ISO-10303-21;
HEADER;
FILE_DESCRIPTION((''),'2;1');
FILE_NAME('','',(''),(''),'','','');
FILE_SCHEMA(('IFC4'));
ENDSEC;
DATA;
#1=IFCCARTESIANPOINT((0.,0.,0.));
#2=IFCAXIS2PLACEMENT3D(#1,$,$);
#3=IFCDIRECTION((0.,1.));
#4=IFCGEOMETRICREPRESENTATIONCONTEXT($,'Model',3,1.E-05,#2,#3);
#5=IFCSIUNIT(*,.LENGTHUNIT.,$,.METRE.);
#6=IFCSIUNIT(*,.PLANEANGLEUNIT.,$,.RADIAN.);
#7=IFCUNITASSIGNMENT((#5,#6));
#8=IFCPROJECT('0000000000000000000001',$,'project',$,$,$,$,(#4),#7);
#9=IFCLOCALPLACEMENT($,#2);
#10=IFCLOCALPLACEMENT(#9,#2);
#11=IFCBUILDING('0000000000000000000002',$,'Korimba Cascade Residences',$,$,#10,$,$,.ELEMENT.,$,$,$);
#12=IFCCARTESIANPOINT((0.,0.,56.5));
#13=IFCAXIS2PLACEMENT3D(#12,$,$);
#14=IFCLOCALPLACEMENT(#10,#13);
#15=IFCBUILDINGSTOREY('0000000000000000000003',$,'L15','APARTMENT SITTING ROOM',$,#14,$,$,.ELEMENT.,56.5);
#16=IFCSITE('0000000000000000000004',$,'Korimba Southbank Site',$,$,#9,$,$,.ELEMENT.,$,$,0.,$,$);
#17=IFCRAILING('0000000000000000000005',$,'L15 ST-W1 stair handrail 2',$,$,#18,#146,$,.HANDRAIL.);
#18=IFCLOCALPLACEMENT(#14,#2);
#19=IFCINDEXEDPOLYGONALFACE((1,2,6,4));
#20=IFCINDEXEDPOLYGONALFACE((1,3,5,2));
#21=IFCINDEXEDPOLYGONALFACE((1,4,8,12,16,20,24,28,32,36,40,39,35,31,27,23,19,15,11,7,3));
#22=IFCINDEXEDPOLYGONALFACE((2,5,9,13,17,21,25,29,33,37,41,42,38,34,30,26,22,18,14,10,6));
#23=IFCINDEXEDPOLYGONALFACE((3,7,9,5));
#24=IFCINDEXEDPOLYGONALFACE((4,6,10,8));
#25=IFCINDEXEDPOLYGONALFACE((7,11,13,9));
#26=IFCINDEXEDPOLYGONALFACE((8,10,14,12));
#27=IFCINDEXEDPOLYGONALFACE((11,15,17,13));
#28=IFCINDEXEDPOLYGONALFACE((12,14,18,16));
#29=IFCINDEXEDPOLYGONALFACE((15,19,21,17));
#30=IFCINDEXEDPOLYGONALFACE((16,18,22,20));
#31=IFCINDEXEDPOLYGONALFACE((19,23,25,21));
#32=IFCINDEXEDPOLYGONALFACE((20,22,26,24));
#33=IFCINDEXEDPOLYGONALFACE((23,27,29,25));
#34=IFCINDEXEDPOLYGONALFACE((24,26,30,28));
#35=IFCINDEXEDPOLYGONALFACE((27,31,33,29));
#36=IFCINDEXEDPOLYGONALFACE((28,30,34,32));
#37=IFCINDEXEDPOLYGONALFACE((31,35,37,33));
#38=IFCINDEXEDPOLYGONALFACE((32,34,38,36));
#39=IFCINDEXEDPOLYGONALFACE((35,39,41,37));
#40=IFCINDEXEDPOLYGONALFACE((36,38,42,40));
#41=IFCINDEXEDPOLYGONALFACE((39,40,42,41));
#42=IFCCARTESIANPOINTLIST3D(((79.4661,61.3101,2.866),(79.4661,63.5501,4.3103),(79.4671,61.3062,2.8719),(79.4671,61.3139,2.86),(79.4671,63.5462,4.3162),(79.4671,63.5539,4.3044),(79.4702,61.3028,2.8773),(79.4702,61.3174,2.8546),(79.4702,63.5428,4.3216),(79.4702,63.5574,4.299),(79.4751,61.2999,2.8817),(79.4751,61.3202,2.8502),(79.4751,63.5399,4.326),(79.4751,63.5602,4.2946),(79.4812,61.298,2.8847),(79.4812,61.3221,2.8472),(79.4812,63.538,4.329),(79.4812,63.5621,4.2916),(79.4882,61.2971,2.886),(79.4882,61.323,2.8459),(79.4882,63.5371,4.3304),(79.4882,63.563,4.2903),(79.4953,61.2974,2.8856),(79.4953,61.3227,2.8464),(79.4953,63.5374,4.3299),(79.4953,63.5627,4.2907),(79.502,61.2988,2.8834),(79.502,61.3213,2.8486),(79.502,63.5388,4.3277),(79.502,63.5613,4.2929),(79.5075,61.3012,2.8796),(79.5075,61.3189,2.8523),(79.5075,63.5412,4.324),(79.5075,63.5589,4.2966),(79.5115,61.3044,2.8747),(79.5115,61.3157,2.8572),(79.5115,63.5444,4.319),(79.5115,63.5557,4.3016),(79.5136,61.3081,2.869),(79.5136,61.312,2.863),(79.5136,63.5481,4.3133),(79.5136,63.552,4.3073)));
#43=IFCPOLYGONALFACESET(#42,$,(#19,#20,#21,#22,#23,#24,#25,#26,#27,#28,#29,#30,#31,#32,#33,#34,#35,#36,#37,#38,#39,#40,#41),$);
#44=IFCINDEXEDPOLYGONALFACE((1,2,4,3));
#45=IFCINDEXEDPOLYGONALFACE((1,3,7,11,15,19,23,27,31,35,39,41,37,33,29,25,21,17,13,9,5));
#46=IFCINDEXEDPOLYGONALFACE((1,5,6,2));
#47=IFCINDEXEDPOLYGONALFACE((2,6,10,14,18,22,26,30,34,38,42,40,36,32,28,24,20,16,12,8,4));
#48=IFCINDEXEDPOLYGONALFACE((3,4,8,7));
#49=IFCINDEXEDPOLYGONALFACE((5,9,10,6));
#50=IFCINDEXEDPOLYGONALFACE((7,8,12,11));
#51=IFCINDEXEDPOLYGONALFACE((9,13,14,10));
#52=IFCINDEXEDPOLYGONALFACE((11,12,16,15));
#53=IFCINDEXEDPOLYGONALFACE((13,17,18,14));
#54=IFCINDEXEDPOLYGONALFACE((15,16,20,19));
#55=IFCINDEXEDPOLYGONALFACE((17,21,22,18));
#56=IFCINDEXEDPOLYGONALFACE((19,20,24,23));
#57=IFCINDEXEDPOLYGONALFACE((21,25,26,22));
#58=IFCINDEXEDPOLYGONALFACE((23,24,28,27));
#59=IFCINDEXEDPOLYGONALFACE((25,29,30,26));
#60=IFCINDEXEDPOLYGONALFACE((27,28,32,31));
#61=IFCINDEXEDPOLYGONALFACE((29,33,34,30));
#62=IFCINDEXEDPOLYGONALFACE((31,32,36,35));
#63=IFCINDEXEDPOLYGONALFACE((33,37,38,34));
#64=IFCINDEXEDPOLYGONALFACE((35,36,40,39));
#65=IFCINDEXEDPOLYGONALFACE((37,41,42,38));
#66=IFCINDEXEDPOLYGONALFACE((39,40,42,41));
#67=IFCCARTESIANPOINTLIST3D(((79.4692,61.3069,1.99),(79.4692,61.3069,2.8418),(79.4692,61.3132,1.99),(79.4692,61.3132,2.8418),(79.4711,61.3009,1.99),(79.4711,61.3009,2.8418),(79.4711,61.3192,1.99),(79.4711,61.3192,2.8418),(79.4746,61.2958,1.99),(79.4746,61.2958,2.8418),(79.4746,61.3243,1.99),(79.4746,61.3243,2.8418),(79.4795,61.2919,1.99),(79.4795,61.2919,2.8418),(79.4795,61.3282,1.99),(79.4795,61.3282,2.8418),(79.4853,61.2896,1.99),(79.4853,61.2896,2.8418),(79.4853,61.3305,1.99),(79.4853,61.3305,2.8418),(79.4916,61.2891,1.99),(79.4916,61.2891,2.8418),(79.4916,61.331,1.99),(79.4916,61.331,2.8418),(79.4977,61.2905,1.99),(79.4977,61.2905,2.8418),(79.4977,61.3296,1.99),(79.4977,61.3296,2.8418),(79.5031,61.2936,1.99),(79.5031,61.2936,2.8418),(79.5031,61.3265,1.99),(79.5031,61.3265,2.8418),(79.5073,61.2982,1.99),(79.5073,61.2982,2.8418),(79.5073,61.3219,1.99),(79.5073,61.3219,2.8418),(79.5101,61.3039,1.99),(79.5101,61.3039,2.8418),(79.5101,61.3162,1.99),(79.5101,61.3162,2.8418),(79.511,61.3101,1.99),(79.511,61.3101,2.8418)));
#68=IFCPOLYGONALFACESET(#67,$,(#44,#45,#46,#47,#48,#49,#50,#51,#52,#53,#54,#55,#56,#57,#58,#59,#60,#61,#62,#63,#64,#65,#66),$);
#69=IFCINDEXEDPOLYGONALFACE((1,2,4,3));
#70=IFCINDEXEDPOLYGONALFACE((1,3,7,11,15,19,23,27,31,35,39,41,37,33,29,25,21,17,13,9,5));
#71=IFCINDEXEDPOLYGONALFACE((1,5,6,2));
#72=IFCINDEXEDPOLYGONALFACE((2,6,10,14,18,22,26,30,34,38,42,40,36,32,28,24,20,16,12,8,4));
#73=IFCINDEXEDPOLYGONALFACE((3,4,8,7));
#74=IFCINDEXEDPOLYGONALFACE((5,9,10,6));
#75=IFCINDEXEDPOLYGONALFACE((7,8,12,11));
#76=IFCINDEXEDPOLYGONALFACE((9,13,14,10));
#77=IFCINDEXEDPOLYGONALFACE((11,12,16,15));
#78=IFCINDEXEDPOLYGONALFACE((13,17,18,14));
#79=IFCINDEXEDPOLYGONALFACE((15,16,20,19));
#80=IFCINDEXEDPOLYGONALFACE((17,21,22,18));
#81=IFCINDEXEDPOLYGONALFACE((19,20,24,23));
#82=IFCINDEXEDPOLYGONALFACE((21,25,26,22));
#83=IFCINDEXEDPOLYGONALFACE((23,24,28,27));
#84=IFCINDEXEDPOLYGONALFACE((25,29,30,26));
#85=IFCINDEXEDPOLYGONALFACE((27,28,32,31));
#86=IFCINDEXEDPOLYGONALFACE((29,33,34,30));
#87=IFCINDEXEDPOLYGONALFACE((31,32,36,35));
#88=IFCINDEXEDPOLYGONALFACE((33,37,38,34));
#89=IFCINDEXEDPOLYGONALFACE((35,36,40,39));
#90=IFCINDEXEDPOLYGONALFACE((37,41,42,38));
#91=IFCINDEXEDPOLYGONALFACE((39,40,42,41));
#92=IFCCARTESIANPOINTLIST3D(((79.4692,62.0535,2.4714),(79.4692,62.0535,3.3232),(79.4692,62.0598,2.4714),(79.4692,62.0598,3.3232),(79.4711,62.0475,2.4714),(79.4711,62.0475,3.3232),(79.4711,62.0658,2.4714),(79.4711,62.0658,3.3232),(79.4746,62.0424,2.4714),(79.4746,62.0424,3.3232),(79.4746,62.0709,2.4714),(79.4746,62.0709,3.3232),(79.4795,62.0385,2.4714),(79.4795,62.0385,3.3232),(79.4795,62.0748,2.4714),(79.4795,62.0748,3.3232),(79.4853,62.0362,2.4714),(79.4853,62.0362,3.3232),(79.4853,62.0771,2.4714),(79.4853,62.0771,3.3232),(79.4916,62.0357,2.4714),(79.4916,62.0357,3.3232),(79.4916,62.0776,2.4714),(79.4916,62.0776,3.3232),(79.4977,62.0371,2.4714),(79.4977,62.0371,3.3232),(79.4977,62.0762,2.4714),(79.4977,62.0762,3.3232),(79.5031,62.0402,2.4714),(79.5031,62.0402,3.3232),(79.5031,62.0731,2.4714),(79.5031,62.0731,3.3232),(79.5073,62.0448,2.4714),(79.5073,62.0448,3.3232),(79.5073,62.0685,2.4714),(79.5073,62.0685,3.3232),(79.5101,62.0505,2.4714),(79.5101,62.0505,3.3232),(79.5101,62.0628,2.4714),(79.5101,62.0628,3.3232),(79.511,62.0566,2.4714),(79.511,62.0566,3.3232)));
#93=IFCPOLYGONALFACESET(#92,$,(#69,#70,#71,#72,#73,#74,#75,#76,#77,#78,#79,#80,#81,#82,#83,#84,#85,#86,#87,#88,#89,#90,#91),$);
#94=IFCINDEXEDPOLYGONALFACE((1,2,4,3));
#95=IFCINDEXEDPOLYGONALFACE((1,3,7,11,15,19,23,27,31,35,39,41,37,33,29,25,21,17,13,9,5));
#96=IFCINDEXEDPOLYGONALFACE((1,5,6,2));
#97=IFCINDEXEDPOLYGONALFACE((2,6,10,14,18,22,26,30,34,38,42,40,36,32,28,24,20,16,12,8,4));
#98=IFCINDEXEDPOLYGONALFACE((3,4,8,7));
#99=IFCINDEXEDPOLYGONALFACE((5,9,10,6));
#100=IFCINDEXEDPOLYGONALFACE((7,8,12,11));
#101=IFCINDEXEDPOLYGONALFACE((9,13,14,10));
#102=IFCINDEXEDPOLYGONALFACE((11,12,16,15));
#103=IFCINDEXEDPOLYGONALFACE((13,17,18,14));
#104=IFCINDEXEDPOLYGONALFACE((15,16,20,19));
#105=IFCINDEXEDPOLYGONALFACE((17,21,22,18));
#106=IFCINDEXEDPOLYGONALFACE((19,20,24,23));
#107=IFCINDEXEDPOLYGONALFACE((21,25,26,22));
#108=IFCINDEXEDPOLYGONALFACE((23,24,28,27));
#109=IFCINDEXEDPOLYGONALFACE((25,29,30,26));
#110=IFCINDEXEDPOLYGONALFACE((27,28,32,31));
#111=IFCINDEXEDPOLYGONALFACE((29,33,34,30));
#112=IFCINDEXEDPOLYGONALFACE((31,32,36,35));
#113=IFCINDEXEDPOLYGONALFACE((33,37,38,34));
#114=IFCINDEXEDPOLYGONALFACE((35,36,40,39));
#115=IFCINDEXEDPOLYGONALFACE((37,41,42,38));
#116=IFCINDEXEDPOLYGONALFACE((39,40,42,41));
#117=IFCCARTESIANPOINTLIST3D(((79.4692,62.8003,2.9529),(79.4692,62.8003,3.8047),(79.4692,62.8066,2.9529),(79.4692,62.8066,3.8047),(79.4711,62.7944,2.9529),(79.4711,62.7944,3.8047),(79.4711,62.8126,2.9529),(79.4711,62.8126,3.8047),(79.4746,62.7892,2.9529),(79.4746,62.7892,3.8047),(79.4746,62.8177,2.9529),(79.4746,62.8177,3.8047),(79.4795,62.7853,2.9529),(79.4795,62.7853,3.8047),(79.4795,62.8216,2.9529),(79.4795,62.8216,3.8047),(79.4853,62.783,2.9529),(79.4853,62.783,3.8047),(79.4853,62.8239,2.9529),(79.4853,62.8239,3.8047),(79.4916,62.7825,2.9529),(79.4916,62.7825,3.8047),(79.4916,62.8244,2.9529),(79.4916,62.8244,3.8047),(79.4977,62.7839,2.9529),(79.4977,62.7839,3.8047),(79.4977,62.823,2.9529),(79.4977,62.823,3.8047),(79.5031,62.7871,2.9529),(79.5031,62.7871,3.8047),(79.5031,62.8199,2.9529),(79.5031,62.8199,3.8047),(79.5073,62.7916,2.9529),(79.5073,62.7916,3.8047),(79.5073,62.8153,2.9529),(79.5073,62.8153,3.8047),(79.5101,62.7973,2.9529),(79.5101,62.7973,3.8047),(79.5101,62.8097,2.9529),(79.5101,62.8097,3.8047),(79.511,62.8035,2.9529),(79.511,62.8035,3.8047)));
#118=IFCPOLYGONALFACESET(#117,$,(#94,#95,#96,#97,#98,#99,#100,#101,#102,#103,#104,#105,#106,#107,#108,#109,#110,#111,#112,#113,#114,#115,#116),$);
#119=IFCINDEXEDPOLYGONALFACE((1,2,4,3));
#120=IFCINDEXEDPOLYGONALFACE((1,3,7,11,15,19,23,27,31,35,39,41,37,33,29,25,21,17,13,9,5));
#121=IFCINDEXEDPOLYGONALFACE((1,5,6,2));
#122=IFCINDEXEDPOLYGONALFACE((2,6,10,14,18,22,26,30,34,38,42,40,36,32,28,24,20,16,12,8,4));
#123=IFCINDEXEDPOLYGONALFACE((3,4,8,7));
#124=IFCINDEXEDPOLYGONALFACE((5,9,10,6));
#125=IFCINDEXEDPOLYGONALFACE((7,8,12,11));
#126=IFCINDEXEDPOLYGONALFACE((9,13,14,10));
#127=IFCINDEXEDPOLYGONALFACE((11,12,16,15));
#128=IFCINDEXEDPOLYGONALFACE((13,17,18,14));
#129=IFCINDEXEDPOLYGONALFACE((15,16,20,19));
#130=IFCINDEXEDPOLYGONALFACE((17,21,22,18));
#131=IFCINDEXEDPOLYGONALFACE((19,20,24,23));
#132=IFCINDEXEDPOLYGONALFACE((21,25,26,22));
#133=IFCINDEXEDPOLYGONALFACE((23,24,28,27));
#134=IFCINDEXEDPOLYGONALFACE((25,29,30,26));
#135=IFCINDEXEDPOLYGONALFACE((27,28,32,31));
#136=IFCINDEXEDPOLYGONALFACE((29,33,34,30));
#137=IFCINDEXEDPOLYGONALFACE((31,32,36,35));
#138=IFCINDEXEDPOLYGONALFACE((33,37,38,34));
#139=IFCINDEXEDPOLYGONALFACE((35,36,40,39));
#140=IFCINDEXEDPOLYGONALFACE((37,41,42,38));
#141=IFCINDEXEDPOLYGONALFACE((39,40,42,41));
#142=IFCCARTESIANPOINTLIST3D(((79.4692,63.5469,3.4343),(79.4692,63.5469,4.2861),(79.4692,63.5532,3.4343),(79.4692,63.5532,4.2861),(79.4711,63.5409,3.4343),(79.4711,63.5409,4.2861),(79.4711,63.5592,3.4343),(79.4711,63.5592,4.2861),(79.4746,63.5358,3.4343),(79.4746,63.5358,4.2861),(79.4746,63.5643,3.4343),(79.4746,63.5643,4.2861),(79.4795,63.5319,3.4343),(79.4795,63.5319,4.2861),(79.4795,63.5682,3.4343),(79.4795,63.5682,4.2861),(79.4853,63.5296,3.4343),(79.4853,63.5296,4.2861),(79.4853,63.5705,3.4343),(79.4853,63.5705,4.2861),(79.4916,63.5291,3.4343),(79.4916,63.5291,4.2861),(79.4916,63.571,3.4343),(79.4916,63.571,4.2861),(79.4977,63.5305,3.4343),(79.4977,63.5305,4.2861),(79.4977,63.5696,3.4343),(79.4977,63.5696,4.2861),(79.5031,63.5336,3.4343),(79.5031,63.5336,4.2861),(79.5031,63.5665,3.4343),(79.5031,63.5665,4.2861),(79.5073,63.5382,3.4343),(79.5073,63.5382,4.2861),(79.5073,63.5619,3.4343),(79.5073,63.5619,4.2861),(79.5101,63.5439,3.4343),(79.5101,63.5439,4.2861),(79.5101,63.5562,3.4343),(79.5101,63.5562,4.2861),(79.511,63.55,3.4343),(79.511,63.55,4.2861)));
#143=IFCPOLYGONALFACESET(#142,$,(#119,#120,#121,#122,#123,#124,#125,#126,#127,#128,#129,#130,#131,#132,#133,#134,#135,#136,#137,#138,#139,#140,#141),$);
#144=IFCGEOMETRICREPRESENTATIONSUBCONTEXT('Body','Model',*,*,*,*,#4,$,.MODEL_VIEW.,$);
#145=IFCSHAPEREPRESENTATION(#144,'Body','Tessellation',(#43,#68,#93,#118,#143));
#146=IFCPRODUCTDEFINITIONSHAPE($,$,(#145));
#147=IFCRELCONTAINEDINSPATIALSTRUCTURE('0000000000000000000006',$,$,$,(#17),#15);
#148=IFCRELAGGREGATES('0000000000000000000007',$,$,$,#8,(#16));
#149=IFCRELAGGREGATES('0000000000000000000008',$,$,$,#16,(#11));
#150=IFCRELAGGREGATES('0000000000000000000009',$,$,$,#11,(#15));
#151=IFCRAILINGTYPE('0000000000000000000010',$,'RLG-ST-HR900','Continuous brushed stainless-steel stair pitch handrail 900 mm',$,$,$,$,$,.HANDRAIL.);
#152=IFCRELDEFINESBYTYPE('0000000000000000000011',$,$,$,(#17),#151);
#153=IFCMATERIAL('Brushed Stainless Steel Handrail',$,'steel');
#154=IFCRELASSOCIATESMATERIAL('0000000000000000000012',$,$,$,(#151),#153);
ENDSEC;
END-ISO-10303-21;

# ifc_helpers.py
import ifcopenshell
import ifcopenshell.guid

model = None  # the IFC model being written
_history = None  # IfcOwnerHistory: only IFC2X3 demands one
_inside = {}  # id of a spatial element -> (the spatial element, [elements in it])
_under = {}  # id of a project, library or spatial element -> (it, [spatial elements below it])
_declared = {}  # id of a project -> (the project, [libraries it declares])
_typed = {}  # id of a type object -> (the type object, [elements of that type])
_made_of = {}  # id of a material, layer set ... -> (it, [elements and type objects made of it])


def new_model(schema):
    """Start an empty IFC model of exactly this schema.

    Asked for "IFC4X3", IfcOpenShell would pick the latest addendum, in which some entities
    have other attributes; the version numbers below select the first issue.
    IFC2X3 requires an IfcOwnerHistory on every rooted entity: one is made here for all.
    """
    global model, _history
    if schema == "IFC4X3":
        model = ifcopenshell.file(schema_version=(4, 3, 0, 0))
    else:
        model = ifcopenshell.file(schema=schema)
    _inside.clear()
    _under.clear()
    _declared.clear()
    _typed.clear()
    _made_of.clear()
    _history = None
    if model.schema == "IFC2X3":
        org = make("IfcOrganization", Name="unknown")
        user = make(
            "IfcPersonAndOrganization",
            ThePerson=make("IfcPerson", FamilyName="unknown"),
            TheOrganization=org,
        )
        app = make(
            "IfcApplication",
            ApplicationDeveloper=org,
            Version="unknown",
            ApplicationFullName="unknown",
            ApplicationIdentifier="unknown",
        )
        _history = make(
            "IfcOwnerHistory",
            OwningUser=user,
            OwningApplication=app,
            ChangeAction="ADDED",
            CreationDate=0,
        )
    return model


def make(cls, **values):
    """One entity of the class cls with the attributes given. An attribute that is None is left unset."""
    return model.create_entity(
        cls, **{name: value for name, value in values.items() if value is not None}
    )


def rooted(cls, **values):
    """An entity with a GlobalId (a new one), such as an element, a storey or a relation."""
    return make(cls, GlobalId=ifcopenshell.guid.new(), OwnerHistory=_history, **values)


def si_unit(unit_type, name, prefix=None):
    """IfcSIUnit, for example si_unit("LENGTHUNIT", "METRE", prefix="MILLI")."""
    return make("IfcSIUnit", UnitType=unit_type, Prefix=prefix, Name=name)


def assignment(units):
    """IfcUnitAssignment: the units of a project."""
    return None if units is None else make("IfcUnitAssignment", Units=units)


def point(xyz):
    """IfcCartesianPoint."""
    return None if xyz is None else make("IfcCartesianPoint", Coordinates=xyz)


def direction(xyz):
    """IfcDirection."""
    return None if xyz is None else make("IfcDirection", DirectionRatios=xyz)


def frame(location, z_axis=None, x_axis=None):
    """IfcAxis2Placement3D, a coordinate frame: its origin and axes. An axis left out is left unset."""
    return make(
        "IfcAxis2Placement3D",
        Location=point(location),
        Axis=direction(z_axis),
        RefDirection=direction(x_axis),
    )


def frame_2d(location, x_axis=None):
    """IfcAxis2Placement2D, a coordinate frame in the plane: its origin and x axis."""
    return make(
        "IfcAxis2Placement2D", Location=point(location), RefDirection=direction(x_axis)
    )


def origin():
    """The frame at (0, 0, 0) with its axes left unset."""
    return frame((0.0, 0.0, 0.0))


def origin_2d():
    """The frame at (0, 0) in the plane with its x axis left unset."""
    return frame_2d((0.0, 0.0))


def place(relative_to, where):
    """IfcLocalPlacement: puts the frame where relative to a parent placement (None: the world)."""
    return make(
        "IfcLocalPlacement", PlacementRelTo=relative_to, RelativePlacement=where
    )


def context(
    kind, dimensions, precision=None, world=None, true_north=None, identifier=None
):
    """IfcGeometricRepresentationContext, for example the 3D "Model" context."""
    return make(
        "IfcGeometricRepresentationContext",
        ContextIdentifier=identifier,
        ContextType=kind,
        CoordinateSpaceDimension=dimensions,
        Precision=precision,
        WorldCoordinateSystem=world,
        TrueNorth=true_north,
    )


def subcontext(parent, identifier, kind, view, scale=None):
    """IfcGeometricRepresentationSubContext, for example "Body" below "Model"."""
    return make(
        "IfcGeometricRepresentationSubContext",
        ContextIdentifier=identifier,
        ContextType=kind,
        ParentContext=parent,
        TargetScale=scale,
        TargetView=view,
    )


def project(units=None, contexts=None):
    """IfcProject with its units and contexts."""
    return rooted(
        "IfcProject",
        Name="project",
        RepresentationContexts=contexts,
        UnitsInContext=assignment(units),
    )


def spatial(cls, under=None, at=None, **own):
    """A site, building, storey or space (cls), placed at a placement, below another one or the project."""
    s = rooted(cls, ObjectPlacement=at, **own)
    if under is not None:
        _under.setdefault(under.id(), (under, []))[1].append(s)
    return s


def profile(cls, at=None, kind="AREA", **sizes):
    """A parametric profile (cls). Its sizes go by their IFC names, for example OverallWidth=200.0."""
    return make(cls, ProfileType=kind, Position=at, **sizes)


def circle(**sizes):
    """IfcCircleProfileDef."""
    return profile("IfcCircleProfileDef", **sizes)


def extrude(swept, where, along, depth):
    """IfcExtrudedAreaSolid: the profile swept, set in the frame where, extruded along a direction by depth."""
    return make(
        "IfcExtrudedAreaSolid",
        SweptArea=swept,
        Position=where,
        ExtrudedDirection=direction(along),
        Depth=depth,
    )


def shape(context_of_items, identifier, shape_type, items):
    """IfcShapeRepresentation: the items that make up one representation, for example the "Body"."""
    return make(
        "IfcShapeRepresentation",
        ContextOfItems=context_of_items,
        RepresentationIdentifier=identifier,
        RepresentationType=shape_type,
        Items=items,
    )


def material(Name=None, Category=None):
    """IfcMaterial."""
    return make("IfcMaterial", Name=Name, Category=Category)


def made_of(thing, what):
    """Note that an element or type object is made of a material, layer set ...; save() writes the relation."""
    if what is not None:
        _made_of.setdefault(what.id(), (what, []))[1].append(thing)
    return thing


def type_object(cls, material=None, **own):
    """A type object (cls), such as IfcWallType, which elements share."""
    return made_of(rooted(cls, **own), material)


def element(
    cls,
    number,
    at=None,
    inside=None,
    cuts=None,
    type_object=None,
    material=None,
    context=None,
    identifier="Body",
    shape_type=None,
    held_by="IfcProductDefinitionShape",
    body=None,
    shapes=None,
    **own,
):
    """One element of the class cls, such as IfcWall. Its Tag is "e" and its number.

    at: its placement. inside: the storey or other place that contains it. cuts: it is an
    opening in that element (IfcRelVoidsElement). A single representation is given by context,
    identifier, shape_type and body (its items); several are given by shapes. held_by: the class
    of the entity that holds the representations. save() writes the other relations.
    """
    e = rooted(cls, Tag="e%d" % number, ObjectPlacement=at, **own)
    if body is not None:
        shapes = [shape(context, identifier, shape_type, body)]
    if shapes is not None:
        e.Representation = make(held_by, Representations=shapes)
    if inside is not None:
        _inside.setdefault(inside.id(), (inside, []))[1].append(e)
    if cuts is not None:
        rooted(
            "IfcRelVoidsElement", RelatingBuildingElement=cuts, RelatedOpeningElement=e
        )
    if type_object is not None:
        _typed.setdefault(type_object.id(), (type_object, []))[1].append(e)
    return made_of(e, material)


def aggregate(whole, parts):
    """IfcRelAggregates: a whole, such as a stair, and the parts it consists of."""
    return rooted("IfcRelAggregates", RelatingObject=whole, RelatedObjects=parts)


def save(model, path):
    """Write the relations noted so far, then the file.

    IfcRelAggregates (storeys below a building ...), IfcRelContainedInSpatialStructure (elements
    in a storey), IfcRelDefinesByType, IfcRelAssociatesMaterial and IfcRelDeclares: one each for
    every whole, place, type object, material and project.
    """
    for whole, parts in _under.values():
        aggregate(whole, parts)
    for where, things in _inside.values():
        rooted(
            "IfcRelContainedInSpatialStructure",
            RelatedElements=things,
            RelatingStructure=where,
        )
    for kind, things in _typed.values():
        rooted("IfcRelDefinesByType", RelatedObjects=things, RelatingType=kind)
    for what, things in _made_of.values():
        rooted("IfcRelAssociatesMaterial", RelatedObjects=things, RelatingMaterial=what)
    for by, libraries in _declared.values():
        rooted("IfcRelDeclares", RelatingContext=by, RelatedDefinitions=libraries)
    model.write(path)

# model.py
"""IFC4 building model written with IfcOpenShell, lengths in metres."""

from ifc_helpers import new_model, si_unit, direction, frame, origin, origin_2d, place, context, subcontext, project, spatial, circle, extrude, material, type_object, element, save


model = new_model("IFC4")

# Units and contexts
model_context = context("Model", 3, precision=1e-05, world=origin(), true_north=direction((0.0, 1.0)))
body_context = subcontext(model_context, "Body", "Model", "MODEL_VIEW")
ifc_project = project(units=[si_unit("LENGTHUNIT", "METRE"), si_unit("PLANEANGLEUNIT", "RADIAN")], contexts=[model_context])

# Site, building, storey
site_placement = place(None, origin())
site = spatial("IfcSite", under=ifc_project, at=site_placement, Name="Korimba Southbank Site", CompositionType="ELEMENT", RefElevation=0.0)
building_placement = place(site_placement, origin())
building = spatial("IfcBuilding", under=site, at=building_placement, Name="Korimba Cascade Residences", CompositionType="ELEMENT")
storey_placement = place(building_placement, frame((0.0, 0.0, 56.5)))
storey = spatial("IfcBuildingStorey", under=building, at=storey_placement, Name="L15", Description="APARTMENT SITTING ROOM", CompositionType="ELEMENT", Elevation=56.5)

# Railing
ifc_material_1 = material(Name="Brushed Stainless Steel Handrail", Category="steel")
railing_type_1 = type_object("IfcRailingType", Name="RLG-ST-HR900", Description="Continuous brushed stainless-steel stair pitch handrail 900 mm", PredefinedType="HANDRAIL", material=ifc_material_1)
railing_1_placement = place(storey_placement, frame((79.49, 61.3101, 1.99)))
element("IfcRailing", 1, at=railing_1_placement, inside=storey, type_object=railing_type_1, Name="L15 ST-W1 stair handrail 2", PredefinedType="HANDRAIL", context=body_context, shape_type="SweptSolid", body=[
    extrude(circle(Radius=0.0239, at=origin_2d()), frame((0.0, 0.0, 0.876), z_axis=(0.0, 0.840437, 0.54191), x_axis=(-1.0, 0.0, 0.0)), (0.0, 0.0, 1.0), 2.6653),
    extrude(circle(Radius=0.021, at=origin_2d()), origin(), (0.0, 0.0, 1.0), 0.8518),
    extrude(circle(Radius=0.021, at=origin_2d()), frame((0.0, 0.7466, 0.4814)), (0.0, 0.0, 1.0), 0.8518),
    extrude(circle(Radius=0.021, at=origin_2d()), frame((0.0, 1.4934, 0.9629)), (0.0, 0.0, 1.0), 0.8518),
    extrude(circle(Radius=0.021, at=origin_2d()), frame((0.0, 2.24, 1.4443)), (0.0, 0.0, 1.0), 0.8518),
])

save(model, "model.ifc")
